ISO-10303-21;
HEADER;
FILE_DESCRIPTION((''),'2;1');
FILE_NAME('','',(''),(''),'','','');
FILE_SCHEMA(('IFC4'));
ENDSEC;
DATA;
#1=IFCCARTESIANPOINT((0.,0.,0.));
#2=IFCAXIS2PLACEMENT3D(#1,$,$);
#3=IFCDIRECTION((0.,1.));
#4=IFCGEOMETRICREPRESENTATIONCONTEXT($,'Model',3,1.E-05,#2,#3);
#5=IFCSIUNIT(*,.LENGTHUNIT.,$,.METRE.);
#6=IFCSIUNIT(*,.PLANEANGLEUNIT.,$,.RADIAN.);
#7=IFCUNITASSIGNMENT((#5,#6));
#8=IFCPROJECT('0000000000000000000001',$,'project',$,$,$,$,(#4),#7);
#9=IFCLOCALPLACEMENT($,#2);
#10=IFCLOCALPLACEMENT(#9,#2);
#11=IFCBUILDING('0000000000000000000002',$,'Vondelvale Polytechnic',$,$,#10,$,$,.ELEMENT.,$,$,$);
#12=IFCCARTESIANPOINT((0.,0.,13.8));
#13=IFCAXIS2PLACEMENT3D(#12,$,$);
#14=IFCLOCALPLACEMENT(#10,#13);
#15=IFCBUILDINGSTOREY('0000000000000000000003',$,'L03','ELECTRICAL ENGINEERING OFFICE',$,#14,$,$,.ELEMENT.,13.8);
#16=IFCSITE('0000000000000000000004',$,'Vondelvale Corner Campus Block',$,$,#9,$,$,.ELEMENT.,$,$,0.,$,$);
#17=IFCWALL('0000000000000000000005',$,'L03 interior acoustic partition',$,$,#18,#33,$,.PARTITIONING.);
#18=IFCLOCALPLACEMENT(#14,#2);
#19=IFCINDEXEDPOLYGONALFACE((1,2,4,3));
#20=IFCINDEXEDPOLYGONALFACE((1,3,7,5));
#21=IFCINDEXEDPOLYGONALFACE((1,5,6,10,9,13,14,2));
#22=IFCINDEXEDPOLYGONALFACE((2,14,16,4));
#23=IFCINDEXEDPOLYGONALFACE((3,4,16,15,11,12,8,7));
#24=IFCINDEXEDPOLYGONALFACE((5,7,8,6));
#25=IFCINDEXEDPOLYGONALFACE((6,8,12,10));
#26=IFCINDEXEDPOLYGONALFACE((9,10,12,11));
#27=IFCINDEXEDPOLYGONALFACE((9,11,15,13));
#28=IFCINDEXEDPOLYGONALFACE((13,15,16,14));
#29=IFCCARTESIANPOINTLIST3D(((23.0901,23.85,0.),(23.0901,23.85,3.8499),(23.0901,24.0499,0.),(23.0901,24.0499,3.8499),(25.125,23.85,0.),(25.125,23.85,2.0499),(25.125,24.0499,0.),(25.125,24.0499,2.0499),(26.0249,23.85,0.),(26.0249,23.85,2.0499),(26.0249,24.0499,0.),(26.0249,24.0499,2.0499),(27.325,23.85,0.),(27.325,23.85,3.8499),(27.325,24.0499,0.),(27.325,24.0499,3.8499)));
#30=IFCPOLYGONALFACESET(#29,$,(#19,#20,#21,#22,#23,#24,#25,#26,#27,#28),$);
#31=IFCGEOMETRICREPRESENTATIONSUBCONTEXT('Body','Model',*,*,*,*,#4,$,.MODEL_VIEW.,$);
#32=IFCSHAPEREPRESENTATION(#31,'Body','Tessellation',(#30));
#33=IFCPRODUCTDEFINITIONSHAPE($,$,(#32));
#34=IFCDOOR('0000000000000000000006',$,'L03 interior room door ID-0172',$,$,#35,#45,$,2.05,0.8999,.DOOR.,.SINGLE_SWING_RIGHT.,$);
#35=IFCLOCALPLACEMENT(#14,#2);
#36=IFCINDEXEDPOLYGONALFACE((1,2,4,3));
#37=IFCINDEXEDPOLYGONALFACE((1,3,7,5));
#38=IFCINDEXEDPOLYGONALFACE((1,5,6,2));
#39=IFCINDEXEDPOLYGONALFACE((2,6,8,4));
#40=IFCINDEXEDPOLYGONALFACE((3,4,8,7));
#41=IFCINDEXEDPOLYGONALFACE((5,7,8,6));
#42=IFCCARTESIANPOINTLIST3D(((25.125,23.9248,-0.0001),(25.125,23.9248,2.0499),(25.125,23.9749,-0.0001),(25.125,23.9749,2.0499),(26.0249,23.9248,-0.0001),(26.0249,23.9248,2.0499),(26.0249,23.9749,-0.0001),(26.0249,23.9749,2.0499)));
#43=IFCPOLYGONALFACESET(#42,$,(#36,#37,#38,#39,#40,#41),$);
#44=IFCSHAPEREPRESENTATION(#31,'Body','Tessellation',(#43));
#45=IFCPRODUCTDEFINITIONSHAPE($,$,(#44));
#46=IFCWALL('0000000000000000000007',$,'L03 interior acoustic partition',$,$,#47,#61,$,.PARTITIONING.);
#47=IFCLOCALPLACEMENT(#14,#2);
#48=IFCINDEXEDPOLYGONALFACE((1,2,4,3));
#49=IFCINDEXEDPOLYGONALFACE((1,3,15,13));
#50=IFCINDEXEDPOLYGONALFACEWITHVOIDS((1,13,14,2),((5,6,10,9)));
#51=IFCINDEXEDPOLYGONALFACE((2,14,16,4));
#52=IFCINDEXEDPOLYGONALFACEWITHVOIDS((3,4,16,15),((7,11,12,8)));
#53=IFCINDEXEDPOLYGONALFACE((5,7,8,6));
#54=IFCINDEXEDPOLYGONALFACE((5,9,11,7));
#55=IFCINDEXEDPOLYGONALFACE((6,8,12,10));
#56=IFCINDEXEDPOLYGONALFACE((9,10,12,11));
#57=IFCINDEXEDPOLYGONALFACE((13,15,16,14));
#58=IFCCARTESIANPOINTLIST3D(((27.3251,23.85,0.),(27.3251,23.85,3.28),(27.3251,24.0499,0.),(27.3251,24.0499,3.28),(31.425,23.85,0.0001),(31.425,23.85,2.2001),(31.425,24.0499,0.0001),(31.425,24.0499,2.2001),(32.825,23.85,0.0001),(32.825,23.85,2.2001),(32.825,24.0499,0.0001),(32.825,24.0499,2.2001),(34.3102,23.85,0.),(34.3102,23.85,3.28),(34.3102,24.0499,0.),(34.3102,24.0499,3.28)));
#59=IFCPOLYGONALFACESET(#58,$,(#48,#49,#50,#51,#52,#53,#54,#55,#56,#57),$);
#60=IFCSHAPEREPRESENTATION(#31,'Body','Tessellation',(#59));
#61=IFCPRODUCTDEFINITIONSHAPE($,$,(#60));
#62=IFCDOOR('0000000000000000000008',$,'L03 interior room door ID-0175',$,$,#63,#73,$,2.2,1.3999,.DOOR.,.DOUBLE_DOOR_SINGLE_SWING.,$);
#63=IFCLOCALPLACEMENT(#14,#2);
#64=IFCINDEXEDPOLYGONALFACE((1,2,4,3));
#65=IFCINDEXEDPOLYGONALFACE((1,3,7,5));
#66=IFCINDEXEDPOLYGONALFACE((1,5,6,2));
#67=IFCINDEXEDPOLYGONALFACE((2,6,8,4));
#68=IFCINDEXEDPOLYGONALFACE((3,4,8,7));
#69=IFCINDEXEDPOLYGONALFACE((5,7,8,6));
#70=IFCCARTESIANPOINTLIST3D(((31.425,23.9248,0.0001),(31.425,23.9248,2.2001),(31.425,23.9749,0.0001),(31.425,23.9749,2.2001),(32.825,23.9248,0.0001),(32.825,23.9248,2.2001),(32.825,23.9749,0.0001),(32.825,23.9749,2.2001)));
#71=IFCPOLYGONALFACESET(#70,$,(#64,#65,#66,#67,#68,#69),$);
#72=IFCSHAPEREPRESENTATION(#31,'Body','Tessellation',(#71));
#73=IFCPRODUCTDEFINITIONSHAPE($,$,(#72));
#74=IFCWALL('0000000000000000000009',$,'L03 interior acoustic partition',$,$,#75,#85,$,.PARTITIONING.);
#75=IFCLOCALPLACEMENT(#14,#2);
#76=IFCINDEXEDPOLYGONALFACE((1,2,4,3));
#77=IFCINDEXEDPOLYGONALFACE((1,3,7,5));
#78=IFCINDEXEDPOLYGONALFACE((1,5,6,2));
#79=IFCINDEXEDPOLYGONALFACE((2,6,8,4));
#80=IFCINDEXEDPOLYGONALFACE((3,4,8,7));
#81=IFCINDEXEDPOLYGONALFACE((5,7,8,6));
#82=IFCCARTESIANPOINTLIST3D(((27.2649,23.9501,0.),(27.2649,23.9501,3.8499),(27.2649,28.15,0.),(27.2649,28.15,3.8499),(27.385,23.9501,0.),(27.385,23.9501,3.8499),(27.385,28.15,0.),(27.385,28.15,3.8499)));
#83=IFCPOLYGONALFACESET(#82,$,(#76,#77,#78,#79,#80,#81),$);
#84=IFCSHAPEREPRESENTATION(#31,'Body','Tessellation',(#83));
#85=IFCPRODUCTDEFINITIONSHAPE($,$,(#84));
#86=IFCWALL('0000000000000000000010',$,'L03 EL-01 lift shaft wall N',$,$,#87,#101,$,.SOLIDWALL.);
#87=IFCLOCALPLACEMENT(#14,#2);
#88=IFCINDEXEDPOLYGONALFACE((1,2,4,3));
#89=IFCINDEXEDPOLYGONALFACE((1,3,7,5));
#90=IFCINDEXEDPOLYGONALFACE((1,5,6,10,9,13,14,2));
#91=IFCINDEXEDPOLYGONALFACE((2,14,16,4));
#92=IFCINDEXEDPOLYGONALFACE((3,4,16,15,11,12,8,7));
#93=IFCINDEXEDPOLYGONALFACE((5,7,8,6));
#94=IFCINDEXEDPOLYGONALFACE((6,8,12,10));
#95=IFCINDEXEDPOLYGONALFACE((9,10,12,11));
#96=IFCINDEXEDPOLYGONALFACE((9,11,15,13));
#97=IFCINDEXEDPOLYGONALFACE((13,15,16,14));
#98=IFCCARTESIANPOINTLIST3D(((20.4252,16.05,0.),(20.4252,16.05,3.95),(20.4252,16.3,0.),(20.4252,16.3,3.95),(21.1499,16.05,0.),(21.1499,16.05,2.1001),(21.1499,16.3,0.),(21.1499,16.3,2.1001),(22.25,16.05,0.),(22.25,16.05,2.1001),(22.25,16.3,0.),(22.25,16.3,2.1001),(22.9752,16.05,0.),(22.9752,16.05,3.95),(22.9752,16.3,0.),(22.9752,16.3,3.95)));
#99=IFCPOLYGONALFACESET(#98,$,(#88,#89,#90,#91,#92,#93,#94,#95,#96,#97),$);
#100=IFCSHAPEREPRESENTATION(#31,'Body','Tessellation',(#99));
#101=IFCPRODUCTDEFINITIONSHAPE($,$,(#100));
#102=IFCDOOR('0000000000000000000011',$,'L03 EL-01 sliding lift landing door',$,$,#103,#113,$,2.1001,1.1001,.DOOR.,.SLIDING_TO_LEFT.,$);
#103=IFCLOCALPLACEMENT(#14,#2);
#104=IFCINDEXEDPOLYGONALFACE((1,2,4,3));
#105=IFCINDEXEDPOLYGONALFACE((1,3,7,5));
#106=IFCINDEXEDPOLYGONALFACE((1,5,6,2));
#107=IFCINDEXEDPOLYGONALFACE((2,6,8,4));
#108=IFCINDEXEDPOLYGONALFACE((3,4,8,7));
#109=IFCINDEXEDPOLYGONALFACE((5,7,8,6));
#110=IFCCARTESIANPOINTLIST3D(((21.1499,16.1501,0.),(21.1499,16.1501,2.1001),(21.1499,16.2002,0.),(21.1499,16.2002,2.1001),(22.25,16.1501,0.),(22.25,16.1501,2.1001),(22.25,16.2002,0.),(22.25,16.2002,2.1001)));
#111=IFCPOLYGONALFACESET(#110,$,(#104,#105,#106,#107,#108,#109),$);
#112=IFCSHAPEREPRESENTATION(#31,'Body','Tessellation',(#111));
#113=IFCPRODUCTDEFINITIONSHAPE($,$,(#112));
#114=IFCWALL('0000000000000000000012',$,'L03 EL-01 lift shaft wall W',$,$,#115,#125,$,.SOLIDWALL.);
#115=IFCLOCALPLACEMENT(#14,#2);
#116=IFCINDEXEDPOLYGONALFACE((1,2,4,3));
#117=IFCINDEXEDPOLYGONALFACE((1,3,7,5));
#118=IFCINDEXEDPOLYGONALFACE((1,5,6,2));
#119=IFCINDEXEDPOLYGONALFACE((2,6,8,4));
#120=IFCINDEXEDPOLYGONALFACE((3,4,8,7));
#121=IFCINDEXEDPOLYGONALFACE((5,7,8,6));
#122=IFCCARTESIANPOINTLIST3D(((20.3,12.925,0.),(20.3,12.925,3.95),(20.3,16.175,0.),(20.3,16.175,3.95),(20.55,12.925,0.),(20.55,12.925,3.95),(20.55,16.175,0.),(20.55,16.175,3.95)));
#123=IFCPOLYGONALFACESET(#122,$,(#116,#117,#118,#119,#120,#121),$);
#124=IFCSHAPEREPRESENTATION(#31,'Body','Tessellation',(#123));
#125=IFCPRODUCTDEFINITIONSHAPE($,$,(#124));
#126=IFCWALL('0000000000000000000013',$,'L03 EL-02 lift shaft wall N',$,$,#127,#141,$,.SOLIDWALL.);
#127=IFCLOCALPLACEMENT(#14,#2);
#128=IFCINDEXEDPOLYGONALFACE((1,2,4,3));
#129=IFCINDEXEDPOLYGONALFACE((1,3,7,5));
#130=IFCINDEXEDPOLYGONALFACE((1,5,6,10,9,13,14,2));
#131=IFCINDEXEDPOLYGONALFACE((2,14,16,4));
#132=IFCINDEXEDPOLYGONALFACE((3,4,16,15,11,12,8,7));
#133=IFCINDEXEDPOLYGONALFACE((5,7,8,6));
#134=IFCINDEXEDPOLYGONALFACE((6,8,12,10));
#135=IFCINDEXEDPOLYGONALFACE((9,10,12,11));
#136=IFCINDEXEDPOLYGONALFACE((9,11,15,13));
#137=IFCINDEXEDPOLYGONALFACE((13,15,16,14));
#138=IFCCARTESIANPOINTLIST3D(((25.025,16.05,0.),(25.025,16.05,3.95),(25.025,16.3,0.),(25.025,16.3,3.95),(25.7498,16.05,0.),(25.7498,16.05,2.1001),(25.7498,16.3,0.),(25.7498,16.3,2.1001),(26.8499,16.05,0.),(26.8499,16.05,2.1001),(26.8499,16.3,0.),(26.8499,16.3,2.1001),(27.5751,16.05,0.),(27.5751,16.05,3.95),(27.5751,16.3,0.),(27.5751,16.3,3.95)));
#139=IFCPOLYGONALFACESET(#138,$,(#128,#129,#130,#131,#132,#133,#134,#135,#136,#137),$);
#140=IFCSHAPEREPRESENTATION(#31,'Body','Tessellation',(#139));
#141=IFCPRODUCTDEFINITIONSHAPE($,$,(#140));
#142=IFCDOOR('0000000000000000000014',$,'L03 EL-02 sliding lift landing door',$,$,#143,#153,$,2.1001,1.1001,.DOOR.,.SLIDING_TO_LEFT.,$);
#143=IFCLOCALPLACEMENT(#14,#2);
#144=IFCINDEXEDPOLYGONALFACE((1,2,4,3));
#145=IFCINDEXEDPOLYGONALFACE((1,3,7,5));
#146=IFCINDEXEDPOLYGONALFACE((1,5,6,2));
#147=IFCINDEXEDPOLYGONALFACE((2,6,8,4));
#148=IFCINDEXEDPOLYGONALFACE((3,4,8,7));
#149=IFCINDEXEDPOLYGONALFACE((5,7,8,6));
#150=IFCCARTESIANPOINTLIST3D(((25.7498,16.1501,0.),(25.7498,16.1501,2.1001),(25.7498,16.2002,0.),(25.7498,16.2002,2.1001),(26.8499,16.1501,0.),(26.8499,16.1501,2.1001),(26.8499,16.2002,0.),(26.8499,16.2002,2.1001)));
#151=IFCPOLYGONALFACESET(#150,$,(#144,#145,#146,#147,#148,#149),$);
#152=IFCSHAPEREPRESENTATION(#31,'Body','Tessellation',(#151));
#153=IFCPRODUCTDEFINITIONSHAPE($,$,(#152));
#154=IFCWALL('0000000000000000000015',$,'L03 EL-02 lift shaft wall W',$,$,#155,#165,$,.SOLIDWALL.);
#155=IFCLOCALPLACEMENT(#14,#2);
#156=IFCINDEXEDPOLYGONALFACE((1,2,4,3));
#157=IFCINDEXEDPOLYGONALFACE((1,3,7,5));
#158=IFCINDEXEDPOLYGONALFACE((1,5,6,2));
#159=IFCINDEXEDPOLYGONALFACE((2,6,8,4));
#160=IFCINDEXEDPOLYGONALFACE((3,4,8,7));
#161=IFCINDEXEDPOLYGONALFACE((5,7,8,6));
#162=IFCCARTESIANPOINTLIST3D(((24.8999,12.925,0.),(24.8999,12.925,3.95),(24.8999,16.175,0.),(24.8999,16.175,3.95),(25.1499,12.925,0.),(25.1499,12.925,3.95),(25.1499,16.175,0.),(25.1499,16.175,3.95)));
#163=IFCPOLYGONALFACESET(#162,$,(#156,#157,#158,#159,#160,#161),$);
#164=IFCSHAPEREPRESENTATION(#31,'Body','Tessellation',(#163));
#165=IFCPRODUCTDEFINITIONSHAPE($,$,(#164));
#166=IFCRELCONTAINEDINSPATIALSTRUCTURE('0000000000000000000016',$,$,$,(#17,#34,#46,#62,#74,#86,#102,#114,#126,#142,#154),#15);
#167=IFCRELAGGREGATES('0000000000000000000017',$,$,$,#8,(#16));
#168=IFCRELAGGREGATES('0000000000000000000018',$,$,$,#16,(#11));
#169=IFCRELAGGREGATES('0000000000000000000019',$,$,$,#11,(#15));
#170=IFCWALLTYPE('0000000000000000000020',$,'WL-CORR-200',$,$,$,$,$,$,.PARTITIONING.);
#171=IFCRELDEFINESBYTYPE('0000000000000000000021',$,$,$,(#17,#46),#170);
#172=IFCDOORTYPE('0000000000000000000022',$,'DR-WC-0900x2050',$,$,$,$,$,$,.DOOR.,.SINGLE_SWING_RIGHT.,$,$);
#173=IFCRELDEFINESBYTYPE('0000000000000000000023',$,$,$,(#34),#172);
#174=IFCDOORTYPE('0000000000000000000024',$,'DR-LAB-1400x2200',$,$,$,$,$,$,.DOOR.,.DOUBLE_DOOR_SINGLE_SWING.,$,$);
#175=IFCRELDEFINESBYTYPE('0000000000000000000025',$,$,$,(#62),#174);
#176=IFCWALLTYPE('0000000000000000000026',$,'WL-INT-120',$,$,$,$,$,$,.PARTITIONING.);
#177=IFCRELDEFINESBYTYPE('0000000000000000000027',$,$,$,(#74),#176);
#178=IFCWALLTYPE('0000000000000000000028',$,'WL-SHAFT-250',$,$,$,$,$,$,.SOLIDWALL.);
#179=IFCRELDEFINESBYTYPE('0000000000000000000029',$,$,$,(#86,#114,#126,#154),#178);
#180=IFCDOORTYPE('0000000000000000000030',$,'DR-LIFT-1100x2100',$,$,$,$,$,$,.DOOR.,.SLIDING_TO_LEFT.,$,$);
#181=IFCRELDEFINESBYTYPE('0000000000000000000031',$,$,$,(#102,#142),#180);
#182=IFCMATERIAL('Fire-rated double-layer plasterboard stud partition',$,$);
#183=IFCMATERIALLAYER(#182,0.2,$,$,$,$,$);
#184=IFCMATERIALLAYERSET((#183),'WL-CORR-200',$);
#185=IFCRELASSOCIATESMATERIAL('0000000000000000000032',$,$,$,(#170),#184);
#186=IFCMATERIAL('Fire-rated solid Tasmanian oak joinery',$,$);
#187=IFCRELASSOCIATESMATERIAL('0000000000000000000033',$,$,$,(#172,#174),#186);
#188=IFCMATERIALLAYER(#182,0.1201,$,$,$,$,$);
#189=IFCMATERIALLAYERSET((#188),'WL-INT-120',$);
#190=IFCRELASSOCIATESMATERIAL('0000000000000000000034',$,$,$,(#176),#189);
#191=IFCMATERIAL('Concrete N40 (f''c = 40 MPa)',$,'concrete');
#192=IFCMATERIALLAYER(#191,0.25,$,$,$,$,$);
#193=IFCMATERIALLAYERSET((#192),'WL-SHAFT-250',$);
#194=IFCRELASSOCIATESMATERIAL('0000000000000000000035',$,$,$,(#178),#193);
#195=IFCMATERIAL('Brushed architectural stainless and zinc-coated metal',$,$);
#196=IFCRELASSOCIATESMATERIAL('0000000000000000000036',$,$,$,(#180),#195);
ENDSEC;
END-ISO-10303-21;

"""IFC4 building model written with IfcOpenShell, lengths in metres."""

from ifc_helpers import new_model, si_unit, direction, frame, frame_2d, origin, place, context, subcontext, project, spatial, rectangle, extrude, material, layer, layer_set, type_object, element, fill, save


model = new_model("IFC4")

# Units and contexts
model_context = context("Model", 3, precision=1e-05, world=origin(), true_north=direction((0.0, 1.0)))
body_context = subcontext(model_context, "Body", "Model", "MODEL_VIEW")
ifc_project = project(units=[si_unit("LENGTHUNIT", "METRE"), si_unit("PLANEANGLEUNIT", "RADIAN")], contexts=[model_context])

# Site, building, storey
site_placement = place(None, origin())
site = spatial("IfcSite", under=ifc_project, at=site_placement, Name="Vondelvale Corner Campus Block", CompositionType="ELEMENT", RefElevation=0.0)
building_placement = place(site_placement, origin())
building = spatial("IfcBuilding", under=site, at=building_placement, Name="Vondelvale Polytechnic", CompositionType="ELEMENT")
storey_placement = place(building_placement, frame((0.0, 0.0, 13.8)))
storey = spatial("IfcBuildingStorey", under=building, at=storey_placement, Name="L03", Description="ELECTRICAL ENGINEERING OFFICE", CompositionType="ELEMENT", Elevation=13.8)

# Shared definitions
ifc_material_1 = material(Name="Concrete N40 (f'c = 40 MPa)", Category="concrete")

# Shared definitions
ifc_material_2 = material(Name="Fire-rated double-layer plasterboard stud partition")
ifc_layer_1 = layer(ifc_material_2, 0.2)
ifc_layer_set_1 = layer_set([ifc_layer_1], Name="WL-CORR-200")
wall_type_1 = type_object("IfcWallType", Name="WL-CORR-200", PredefinedType="PARTITIONING", material=ifc_layer_set_1)

# Walls, openings, doors
wall_1_placement = place(storey_placement, frame((23.0901, 23.95, 0.0), z_axis=(0.0, 0.0, 1.0), x_axis=(1.0, 0.0, 0.0)))
wall_1 = element("IfcWall", 1, at=wall_1_placement, inside=storey, type_object=wall_type_1, Name="L03 interior acoustic partition", PredefinedType="PARTITIONING", context=body_context, shape_type="SweptSolid", body=[
    extrude(rectangle(XDim=4.2349, YDim=0.2, at=frame_2d((2.1174, 0.0))), origin(), (0.0, 0.0, 1.0), 3.8499),
])
opening_1_placement = place(wall_1_placement, frame((2.0349, 0.0, 0.0)))
opening_1 = element("IfcOpeningElement", 2, at=opening_1_placement, cuts=wall_1, PredefinedType="OPENING", context=body_context, shape_type="SweptSolid", body=[
    extrude(rectangle(XDim=0.8999, YDim=2.05, at=frame_2d((0.45, 1.0249))), frame((0.0, 0.1099, 0.0), z_axis=(0.0, -1.0, 0.0), x_axis=(1.0, 0.0, 0.0)), (0.0, 0.0, 1.0), 0.22),
])
ifc_material_3 = material(Name="Fire-rated solid Tasmanian oak joinery")
door_type_1 = type_object("IfcDoorType", Name="DR-WC-0900x2050", OperationType="SINGLE_SWING_RIGHT", PredefinedType="DOOR", material=ifc_material_3)
door_1_placement = place(opening_1_placement, origin())
door_1 = element("IfcDoor", 3, at=door_1_placement, inside=storey, type_object=door_type_1, Name="L03 interior room door ID-0172", OperationType="SINGLE_SWING_RIGHT", OverallHeight=2.05, OverallWidth=0.8999, PredefinedType="DOOR", context=body_context, shape_type="SweptSolid", body=[
    extrude(rectangle(XDim=0.8999, YDim=2.05, at=frame_2d((0.45, 1.0249))), frame((0.0, 0.0249, 0.0), z_axis=(0.0, -1.0, 0.0), x_axis=(1.0, 0.0, 0.0)), (0.0, 0.0, 1.0), 0.05),
])
fill(opening_1, door_1)
wall_2_placement = place(storey_placement, frame((27.325, 23.95, 0.0), z_axis=(0.0, 0.0, 1.0), x_axis=(1.0, 0.0, 0.0)))
wall_2 = element("IfcWall", 4, at=wall_2_placement, inside=storey, type_object=wall_type_1, Name="L03 interior acoustic partition", PredefinedType="PARTITIONING", context=body_context, shape_type="SweptSolid", body=[
    extrude(rectangle(XDim=6.9851, YDim=0.2, at=frame_2d((3.4927, 0.0))), origin(), (0.0, 0.0, 1.0), 3.28),
])
opening_2_placement = place(wall_2_placement, frame((4.1001, 0.0, 0.0)))
opening_2 = element("IfcOpeningElement", 5, at=opening_2_placement, cuts=wall_2, PredefinedType="OPENING", context=body_context, shape_type="SweptSolid", body=[
    extrude(rectangle(XDim=1.3999, YDim=2.2, at=frame_2d((0.7, 1.1001))), frame((0.0, 0.1099, 0.0), z_axis=(0.0, -1.0, 0.0), x_axis=(1.0, 0.0, 0.0)), (0.0, 0.0, 1.0), 0.22),
])
door_type_2 = type_object("IfcDoorType", Name="DR-LAB-1400x2200", OperationType="DOUBLE_DOOR_SINGLE_SWING", PredefinedType="DOOR", material=ifc_material_3)
door_2_placement = place(opening_2_placement, origin())
door_2 = element("IfcDoor", 6, at=door_2_placement, inside=storey, type_object=door_type_2, Name="L03 interior room door ID-0175", OperationType="DOUBLE_DOOR_SINGLE_SWING", OverallHeight=2.2, OverallWidth=1.3999, PredefinedType="DOOR", context=body_context, shape_type="SweptSolid", body=[
    extrude(rectangle(XDim=1.3999, YDim=2.2, at=frame_2d((0.7, 1.1001))), frame((0.0, 0.0249, 0.0), z_axis=(0.0, -1.0, 0.0), x_axis=(1.0, 0.0, 0.0)), (0.0, 0.0, 1.0), 0.05),
])
fill(opening_2, door_2)

# Wall
ifc_layer_2 = layer(ifc_material_2, 0.1201)
ifc_layer_set_2 = layer_set([ifc_layer_2], Name="WL-INT-120")
wall_type_2 = type_object("IfcWallType", Name="WL-INT-120", PredefinedType="PARTITIONING", material=ifc_layer_set_2)
wall_3_placement = place(storey_placement, frame((27.325, 23.95, 0.0), z_axis=(0.0, 0.0, 1.0), x_axis=(0.0, 1.0, 0.0)))
element("IfcWall", 7, at=wall_3_placement, inside=storey, type_object=wall_type_2, Name="L03 interior acoustic partition", PredefinedType="PARTITIONING", context=body_context, shape_type="SweptSolid", body=[
    extrude(rectangle(XDim=4.2, YDim=0.1201, at=frame_2d((2.1001, 0.0))), origin(), (0.0, 0.0, 1.0), 3.8499),
])

# Wall, opening, door
ifc_layer_3 = layer(ifc_material_1, 0.25)
ifc_layer_set_3 = layer_set([ifc_layer_3], Name="WL-SHAFT-250")
wall_type_3 = type_object("IfcWallType", Name="WL-SHAFT-250", PredefinedType="SOLIDWALL", material=ifc_layer_set_3)
wall_4_placement = place(storey_placement, frame((22.9751, 16.175, 0.0), z_axis=(0.0, 0.0, 1.0), x_axis=(-1.0, 0.0, 0.0)))
wall_4 = element("IfcWall", 8, at=wall_4_placement, inside=storey, type_object=wall_type_3, Name="L03 EL-01 lift shaft wall N", PredefinedType="SOLIDWALL", context=body_context, shape_type="SweptSolid", body=[
    extrude(rectangle(XDim=2.55, YDim=0.25, at=frame_2d((1.2749, 0.0))), origin(), (0.0, 0.0, 1.0), 3.95),
])
opening_3_placement = place(wall_4_placement, frame((0.7251, 0.0, 0.0)))
opening_3 = element("IfcOpeningElement", 9, at=opening_3_placement, cuts=wall_4, PredefinedType="OPENING", context=body_context, shape_type="SweptSolid", body=[
    extrude(rectangle(XDim=1.1001, YDim=2.1001, at=frame_2d((0.55, 1.05))), frame((0.0, 0.135, 0.0), z_axis=(0.0, -1.0, 0.0), x_axis=(1.0, 0.0, 0.0)), (0.0, 0.0, 1.0), 0.27),
])
ifc_material_4 = material(Name="Brushed architectural stainless and zinc-coated metal")
door_type_3 = type_object("IfcDoorType", Name="DR-LIFT-1100x2100", OperationType="SLIDING_TO_LEFT", PredefinedType="DOOR", material=ifc_material_4)
door_3_placement = place(opening_3_placement, origin())
door_3 = element("IfcDoor", 10, at=door_3_placement, inside=storey, type_object=door_type_3, Name="L03 EL-01 sliding lift landing door", OperationType="SLIDING_TO_LEFT", OverallHeight=2.1001, OverallWidth=1.1001, PredefinedType="DOOR", context=body_context, shape_type="SweptSolid", body=[
    extrude(rectangle(XDim=1.1001, YDim=2.1001, at=frame_2d((0.55, 1.05))), frame((0.0, 0.0249, 0.0), z_axis=(0.0, -1.0, 0.0), x_axis=(1.0, 0.0, 0.0)), (0.0, 0.0, 1.0), 0.05),
])
fill(opening_3, door_3)

# Wall
wall_5_placement = place(storey_placement, frame((20.425, 16.175, 0.0), z_axis=(0.0, 0.0, 1.0), x_axis=(0.0, -1.0, 0.0)))
element("IfcWall", 11, at=wall_5_placement, inside=storey, type_object=wall_type_3, Name="L03 EL-01 lift shaft wall W", PredefinedType="SOLIDWALL", context=body_context, shape_type="SweptSolid", body=[
    extrude(rectangle(XDim=3.25, YDim=0.25, at=frame_2d((1.625, 0.0))), origin(), (0.0, 0.0, 1.0), 3.95),
])

# Wall, opening, door
wall_6_placement = place(storey_placement, frame((27.575, 16.175, 0.0), z_axis=(0.0, 0.0, 1.0), x_axis=(-1.0, 0.0, 0.0)))
wall_6 = element("IfcWall", 12, at=wall_6_placement, inside=storey, type_object=wall_type_3, Name="L03 EL-02 lift shaft wall N", PredefinedType="SOLIDWALL", context=body_context, shape_type="SweptSolid", body=[
    extrude(rectangle(XDim=2.55, YDim=0.25, at=frame_2d((1.2749, 0.0))), origin(), (0.0, 0.0, 1.0), 3.95),
])
opening_4_placement = place(wall_6_placement, frame((0.7251, 0.0, 0.0)))
opening_4 = element("IfcOpeningElement", 13, at=opening_4_placement, cuts=wall_6, PredefinedType="OPENING", context=body_context, shape_type="SweptSolid", body=[
    extrude(rectangle(XDim=1.1001, YDim=2.1001, at=frame_2d((0.55, 1.05))), frame((0.0, 0.135, 0.0), z_axis=(0.0, -1.0, 0.0), x_axis=(1.0, 0.0, 0.0)), (0.0, 0.0, 1.0), 0.27),
])
door_4_placement = place(opening_4_placement, origin())
door_4 = element("IfcDoor", 14, at=door_4_placement, inside=storey, type_object=door_type_3, Name="L03 EL-02 sliding lift landing door", OperationType="SLIDING_TO_LEFT", OverallHeight=2.1001, OverallWidth=1.1001, PredefinedType="DOOR", context=body_context, shape_type="SweptSolid", body=[
    extrude(rectangle(XDim=1.1001, YDim=2.1001, at=frame_2d((0.55, 1.05))), frame((0.0, 0.0249, 0.0), z_axis=(0.0, -1.0, 0.0), x_axis=(1.0, 0.0, 0.0)), (0.0, 0.0, 1.0), 0.05),
])
fill(opening_4, door_4)

# Wall
wall_7_placement = place(storey_placement, frame((25.0249, 16.175, 0.0), z_axis=(0.0, 0.0, 1.0), x_axis=(0.0, -1.0, 0.0)))
element("IfcWall", 15, at=wall_7_placement, inside=storey, type_object=wall_type_3, Name="L03 EL-02 lift shaft wall W", PredefinedType="SOLIDWALL", context=body_context, shape_type="SweptSolid", body=[
    extrude(rectangle(XDim=3.25, YDim=0.25, at=frame_2d((1.625, 0.0))), origin(), (0.0, 0.0, 1.0), 3.95),
])

save(model, "model.ifc")
